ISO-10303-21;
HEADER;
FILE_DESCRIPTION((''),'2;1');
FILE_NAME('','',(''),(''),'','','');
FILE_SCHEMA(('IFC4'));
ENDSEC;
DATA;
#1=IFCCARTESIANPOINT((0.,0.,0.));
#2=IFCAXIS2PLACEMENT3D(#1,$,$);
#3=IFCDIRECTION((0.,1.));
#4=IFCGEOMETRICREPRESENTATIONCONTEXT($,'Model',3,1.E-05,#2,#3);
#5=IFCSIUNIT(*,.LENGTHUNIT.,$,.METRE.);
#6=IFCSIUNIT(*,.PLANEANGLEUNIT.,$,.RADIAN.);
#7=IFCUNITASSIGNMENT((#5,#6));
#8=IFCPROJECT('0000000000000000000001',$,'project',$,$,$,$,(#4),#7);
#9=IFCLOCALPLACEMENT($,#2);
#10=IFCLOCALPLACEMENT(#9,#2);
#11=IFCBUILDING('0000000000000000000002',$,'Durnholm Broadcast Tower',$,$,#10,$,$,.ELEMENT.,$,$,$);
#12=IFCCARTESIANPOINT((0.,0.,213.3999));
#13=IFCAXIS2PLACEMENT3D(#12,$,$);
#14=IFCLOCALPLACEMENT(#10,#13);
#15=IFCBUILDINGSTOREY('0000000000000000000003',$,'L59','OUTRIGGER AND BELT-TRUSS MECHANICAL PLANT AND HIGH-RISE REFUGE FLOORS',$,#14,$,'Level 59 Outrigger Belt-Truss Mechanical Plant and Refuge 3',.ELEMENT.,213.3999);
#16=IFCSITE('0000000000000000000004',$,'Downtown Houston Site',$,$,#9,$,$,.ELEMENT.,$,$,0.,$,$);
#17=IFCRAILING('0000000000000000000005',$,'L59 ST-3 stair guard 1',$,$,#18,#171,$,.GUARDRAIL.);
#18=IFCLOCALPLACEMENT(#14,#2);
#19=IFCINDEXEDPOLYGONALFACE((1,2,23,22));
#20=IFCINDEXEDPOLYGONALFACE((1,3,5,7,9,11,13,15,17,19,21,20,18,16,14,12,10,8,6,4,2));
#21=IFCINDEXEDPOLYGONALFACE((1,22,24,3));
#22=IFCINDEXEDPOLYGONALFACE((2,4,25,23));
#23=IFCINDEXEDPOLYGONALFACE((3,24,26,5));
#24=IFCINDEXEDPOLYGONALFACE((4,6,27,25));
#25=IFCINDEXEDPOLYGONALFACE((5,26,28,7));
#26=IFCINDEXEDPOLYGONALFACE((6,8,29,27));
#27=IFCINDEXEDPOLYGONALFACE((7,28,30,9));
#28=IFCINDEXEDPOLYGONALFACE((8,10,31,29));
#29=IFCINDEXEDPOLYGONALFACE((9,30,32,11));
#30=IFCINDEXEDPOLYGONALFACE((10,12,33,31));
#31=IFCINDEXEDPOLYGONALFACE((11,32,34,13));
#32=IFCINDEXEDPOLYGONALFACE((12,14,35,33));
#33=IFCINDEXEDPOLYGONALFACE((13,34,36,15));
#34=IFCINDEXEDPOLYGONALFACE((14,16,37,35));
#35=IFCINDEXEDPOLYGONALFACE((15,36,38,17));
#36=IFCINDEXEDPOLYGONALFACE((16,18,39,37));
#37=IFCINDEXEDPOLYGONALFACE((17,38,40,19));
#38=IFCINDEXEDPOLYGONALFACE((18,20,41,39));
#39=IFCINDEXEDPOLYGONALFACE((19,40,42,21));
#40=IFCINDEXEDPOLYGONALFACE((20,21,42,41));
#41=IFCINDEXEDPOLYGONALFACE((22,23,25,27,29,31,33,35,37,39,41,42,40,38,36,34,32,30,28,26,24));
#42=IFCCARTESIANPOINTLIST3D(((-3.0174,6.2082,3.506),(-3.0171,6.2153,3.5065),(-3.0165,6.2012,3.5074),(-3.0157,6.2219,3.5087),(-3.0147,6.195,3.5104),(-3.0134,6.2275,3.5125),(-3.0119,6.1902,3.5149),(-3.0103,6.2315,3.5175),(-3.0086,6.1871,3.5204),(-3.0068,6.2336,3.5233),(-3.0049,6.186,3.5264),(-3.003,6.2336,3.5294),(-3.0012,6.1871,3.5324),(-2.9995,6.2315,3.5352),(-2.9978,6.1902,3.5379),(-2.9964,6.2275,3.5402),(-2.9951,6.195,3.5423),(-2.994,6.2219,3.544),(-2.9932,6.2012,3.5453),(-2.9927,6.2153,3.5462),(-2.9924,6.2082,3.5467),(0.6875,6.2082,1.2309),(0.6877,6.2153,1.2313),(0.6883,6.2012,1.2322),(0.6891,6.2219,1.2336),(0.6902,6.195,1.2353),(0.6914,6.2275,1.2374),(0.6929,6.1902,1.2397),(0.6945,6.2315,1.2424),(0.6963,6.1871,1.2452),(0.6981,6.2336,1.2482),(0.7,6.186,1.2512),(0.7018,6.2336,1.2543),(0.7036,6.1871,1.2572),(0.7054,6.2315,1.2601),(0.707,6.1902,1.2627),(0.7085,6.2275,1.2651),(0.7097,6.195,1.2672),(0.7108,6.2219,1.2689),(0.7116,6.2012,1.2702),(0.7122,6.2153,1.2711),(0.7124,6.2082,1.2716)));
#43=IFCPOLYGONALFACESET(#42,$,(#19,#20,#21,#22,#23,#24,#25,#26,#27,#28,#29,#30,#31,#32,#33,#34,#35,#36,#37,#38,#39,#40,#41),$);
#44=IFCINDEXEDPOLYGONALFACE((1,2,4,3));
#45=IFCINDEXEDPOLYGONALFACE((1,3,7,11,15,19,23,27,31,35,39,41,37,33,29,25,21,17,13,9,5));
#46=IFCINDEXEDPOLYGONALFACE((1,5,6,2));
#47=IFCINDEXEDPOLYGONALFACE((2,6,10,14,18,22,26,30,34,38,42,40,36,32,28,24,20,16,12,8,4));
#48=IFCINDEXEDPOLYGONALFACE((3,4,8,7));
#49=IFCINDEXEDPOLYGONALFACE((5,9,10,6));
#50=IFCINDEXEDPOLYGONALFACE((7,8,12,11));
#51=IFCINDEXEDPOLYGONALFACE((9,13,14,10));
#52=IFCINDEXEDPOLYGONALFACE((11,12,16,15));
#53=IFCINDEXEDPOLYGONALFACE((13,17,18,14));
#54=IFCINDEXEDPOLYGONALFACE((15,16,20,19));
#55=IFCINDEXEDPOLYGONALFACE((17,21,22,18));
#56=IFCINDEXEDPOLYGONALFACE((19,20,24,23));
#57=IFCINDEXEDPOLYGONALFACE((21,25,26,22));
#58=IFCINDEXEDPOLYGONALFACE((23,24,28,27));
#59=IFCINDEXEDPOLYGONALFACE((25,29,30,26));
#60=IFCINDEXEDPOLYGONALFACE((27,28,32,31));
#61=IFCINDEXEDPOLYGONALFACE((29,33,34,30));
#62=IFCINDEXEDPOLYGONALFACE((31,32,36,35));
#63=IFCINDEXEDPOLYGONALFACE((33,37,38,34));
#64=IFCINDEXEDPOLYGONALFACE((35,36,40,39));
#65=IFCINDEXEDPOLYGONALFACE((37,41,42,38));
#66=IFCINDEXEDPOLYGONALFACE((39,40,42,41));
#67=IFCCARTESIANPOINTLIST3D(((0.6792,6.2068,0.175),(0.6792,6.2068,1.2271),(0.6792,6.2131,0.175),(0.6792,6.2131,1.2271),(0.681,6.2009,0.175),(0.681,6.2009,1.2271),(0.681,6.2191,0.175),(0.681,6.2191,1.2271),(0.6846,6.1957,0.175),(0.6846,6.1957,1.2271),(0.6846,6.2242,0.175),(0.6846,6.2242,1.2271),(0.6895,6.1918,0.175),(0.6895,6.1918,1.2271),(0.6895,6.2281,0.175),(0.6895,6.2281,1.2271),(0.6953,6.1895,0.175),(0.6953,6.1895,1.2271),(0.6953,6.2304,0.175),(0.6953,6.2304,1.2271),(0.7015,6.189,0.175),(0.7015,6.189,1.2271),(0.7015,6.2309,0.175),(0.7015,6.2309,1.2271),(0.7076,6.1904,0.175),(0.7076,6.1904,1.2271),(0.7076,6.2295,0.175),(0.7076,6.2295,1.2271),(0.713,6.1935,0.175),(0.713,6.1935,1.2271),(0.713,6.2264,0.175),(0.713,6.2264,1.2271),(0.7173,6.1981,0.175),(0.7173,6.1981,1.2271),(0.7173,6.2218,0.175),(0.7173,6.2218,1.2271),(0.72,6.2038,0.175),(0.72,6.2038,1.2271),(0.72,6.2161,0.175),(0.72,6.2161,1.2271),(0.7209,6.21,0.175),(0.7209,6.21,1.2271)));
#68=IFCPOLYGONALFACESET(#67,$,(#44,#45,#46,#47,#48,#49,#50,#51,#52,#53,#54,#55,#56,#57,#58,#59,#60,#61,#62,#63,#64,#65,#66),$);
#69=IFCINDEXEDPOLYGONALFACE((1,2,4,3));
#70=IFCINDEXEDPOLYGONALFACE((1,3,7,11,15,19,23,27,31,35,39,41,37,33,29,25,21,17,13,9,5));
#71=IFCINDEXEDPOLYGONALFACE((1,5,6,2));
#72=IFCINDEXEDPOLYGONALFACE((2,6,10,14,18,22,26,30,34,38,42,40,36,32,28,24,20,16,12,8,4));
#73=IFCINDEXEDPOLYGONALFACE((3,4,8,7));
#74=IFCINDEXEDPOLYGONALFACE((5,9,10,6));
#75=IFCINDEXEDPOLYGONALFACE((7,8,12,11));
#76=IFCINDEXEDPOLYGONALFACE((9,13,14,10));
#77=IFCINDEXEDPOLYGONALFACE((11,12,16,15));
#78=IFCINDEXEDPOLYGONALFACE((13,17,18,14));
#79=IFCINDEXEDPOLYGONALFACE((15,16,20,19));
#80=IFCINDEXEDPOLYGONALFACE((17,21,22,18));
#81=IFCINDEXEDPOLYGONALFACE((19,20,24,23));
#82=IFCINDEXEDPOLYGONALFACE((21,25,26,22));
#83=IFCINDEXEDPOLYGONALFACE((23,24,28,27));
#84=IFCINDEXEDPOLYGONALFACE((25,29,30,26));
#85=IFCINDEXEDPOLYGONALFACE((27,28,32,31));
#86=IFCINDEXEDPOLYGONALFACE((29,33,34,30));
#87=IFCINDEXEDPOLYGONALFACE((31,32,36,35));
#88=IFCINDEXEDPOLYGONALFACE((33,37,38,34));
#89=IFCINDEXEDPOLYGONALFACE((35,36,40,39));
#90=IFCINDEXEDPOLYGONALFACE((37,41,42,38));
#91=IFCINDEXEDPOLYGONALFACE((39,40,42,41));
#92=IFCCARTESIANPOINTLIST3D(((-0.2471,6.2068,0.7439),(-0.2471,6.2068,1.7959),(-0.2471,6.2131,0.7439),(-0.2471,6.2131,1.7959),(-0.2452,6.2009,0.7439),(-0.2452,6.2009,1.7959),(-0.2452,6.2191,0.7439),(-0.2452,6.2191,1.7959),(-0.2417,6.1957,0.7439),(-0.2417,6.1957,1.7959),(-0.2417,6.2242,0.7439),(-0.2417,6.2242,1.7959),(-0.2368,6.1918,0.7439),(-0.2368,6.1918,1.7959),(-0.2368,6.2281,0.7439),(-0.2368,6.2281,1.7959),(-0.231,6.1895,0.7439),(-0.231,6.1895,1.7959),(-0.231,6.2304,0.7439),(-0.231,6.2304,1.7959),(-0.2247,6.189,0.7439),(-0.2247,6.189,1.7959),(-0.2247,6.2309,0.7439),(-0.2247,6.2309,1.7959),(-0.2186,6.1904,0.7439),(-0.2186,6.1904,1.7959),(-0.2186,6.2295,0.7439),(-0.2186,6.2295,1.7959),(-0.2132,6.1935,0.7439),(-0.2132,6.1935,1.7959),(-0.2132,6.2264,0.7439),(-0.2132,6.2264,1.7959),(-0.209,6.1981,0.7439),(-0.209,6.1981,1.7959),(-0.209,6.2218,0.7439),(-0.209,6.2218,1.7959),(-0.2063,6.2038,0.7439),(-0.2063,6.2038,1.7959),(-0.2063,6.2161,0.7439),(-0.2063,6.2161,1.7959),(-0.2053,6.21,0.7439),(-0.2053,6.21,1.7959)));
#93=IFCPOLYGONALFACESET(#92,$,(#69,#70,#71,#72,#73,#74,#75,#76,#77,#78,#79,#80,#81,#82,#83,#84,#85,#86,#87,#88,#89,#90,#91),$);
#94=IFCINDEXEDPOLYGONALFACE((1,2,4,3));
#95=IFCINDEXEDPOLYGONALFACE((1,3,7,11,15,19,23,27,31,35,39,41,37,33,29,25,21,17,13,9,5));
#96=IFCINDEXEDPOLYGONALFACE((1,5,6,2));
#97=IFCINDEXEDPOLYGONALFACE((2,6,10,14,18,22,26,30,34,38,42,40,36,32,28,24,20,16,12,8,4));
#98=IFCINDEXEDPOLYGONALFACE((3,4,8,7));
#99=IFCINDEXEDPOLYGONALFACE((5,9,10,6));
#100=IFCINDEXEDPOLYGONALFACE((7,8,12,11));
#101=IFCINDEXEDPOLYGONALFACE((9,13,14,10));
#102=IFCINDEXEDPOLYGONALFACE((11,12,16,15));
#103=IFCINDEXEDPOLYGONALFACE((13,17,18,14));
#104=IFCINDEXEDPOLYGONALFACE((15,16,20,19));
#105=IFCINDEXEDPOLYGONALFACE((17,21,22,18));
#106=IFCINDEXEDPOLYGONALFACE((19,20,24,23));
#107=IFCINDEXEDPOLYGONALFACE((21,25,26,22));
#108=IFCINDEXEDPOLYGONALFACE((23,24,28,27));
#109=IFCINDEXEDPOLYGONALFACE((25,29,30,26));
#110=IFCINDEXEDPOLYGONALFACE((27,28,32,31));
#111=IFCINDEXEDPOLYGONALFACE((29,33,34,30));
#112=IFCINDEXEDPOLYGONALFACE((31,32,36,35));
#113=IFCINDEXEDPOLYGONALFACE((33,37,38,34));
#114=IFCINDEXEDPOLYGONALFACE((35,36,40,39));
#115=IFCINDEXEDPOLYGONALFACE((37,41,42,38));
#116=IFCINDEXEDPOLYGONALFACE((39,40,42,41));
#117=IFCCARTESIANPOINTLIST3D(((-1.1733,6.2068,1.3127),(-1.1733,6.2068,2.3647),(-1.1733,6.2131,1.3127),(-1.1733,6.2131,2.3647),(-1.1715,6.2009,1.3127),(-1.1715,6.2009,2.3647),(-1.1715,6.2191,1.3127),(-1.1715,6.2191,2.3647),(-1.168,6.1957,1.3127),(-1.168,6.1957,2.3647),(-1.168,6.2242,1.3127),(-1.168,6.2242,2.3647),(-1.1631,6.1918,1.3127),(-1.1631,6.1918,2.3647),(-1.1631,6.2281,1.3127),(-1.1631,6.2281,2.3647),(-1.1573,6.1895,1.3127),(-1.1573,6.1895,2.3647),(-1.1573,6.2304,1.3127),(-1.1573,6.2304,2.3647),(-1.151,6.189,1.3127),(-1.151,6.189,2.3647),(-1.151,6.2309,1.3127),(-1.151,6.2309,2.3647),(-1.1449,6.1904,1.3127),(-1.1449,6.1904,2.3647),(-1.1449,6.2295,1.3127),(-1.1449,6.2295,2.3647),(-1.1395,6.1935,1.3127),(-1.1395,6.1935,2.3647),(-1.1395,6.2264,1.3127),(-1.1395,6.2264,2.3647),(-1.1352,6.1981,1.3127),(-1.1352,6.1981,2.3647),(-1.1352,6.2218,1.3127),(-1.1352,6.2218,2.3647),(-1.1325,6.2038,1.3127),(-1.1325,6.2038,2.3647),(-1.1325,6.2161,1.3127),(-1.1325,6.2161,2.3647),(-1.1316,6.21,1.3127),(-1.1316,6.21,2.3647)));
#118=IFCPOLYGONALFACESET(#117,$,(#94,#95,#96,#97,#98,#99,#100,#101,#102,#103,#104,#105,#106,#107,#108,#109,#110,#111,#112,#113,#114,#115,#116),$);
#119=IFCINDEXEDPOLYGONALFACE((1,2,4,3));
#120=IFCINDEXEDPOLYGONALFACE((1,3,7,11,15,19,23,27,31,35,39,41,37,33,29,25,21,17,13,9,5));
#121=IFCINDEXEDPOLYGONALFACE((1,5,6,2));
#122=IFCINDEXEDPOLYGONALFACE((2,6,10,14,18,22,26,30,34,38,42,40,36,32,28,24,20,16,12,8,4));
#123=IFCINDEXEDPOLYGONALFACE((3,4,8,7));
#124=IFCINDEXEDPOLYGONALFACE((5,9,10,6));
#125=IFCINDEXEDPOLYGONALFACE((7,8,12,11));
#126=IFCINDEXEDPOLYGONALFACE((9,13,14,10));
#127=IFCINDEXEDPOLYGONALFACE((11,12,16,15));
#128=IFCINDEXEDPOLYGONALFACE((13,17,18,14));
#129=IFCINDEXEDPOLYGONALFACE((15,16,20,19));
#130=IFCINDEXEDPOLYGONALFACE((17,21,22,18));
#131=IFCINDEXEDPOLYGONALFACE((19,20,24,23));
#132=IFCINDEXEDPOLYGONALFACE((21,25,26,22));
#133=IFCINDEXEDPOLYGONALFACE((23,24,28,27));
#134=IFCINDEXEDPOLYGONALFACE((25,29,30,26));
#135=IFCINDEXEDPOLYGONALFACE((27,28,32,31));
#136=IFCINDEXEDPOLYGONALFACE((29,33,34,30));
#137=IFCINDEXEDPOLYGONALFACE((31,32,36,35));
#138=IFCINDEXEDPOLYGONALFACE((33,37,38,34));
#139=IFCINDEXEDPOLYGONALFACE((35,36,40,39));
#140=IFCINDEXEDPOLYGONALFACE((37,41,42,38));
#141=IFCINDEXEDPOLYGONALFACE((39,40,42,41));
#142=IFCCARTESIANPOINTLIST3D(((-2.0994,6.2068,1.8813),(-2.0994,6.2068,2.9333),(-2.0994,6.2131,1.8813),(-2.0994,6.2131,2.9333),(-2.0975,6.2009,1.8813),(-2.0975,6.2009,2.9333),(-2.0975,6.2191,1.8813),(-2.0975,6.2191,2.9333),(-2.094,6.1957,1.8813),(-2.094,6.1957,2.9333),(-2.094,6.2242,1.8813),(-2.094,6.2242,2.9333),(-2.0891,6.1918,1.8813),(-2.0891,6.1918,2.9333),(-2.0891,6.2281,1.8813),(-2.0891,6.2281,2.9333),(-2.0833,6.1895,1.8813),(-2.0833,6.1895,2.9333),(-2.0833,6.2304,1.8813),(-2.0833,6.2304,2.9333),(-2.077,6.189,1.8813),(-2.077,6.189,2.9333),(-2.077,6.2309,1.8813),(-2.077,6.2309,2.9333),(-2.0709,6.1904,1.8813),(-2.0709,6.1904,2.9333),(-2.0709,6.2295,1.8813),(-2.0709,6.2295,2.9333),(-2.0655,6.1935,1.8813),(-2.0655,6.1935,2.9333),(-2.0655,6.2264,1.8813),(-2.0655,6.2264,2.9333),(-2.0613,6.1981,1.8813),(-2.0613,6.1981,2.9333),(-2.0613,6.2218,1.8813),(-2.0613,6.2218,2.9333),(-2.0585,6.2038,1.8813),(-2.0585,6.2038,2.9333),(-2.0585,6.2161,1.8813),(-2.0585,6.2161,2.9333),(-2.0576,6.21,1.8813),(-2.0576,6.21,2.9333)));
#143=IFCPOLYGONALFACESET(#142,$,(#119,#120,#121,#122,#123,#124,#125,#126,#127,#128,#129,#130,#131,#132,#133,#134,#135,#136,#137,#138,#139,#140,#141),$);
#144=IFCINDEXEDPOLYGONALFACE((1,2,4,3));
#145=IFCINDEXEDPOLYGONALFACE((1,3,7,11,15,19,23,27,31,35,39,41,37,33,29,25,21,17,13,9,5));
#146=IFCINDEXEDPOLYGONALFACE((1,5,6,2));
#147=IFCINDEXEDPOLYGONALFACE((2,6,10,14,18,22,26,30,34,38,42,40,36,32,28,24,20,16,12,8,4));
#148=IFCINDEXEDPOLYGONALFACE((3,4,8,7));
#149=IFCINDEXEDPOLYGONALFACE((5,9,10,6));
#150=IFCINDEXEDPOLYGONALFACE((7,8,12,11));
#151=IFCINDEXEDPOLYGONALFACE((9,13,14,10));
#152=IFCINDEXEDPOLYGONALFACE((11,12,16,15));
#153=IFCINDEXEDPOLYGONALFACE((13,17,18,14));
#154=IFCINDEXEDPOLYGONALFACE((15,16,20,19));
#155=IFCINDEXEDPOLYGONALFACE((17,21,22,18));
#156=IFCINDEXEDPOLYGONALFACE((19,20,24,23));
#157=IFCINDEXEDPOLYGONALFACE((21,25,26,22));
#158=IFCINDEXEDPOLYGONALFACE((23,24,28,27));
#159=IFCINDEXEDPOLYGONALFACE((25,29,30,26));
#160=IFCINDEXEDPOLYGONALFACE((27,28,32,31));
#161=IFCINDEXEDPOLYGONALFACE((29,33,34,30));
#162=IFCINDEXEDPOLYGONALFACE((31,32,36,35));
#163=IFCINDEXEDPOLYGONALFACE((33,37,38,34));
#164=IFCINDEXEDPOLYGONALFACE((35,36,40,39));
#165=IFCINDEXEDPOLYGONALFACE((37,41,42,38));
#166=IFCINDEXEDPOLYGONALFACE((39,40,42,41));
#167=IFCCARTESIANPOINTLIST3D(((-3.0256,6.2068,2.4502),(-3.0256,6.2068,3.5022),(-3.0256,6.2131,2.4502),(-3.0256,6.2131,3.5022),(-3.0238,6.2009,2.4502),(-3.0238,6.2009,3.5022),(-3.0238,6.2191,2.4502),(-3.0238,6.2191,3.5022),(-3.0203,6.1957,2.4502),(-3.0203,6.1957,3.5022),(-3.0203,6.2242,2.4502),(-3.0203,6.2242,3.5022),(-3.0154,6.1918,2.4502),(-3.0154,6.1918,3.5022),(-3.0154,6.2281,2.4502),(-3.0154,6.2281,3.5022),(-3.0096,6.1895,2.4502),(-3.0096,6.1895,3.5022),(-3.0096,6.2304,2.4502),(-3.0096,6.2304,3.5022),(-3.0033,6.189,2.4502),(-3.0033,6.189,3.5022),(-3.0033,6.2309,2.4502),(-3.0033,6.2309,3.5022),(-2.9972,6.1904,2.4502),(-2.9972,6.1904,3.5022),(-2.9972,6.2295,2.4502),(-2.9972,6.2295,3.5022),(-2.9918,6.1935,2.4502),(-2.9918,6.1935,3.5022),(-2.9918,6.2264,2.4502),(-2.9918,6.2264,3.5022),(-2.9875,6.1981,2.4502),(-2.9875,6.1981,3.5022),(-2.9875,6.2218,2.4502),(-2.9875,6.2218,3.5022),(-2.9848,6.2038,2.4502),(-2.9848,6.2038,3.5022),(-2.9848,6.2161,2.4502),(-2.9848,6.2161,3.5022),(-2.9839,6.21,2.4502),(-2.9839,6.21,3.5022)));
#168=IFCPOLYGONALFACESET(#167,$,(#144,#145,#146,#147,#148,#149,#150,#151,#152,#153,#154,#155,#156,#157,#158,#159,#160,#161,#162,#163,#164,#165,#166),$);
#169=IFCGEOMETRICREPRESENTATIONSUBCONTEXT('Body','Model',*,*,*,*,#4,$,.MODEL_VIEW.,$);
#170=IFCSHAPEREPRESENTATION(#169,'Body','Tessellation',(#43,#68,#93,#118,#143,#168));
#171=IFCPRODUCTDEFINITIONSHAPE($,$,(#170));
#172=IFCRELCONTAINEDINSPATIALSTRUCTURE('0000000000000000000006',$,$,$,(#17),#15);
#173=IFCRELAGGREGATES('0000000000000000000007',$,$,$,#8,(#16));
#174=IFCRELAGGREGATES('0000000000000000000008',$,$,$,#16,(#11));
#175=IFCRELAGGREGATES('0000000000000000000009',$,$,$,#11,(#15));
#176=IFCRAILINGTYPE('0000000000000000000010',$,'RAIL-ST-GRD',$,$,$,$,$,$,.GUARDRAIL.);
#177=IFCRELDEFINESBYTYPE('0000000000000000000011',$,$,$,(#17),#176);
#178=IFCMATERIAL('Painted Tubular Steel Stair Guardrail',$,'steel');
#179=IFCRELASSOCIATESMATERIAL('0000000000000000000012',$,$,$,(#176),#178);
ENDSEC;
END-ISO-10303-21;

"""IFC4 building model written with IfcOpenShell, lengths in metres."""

from ifc_helpers import new_model, si_unit, direction, frame, origin, origin_2d, place, context, subcontext, project, spatial, circle, extrude, material, type_object, element, save


model = new_model("IFC4")

# Units and contexts
model_context = context("Model", 3, precision=1e-05, world=origin(), true_north=direction((0.0, 1.0)))
body_context = subcontext(model_context, "Body", "Model", "MODEL_VIEW")
ifc_project = project(units=[si_unit("LENGTHUNIT", "METRE"), si_unit("PLANEANGLEUNIT", "RADIAN")], contexts=[model_context])

# Site, building, storey
site_placement = place(None, origin())
site = spatial("IfcSite", under=ifc_project, at=site_placement, Name="Downtown Houston Site", CompositionType="ELEMENT", RefElevation=0.0)
building_placement = place(site_placement, origin())
building = spatial("IfcBuilding", under=site, at=building_placement, Name="Durnholm Broadcast Tower", CompositionType="ELEMENT")
storey_placement = place(building_placement, frame((0.0, 0.0, 213.3999)))
storey = spatial("IfcBuildingStorey", under=building, at=storey_placement, Name="L59", Description="OUTRIGGER AND BELT-TRUSS MECHANICAL PLANT AND HIGH-RISE REFUGE FLOORS", LongName="Level 59 Outrigger Belt-Truss Mechanical Plant and Refuge 3", CompositionType="ELEMENT", Elevation=213.3999)

# Railing
ifc_material_1 = material(Name="Painted Tubular Steel Stair Guardrail", Category="steel")
railing_type_1 = type_object("IfcRailingType", Name="RAIL-ST-GRD", PredefinedType="GUARDRAIL", material=ifc_material_1)
railing_1_placement = place(storey_placement, frame((0.7, 6.21, 0.175)))
element("IfcRailing", 1, at=railing_1_placement, inside=storey, type_object=railing_type_1, Name="L59 ST-3 stair guard 1", PredefinedType="GUARDRAIL", context=body_context, shape_type="SweptSolid", body=[
    extrude(circle(Radius=0.0239, at=origin_2d()), frame((0.0, 0.0, 1.0762), z_axis=(-0.852146, 0.0, 0.523305), x_axis=(0.0, -1.0, 0.0)), (0.0, 0.0, 1.0), 4.3477),
    extrude(circle(Radius=0.021, at=origin_2d()), origin(), (0.0, 0.0, 1.0), 1.052),
    extrude(circle(Radius=0.021, at=origin_2d()), frame((-0.9263, 0.0, 0.5688)), (0.0, 0.0, 1.0), 1.052),
    extrude(circle(Radius=0.021, at=origin_2d()), frame((-1.8525, 0.0, 1.1377)), (0.0, 0.0, 1.0), 1.052),
    extrude(circle(Radius=0.021, at=origin_2d()), frame((-2.7786, 0.0, 1.7063)), (0.0, 0.0, 1.0), 1.052),
    extrude(circle(Radius=0.021, at=origin_2d()), frame((-3.7048, 0.0, 2.2751)), (0.0, 0.0, 1.0), 1.052),
])

save(model, "model.ifc")
